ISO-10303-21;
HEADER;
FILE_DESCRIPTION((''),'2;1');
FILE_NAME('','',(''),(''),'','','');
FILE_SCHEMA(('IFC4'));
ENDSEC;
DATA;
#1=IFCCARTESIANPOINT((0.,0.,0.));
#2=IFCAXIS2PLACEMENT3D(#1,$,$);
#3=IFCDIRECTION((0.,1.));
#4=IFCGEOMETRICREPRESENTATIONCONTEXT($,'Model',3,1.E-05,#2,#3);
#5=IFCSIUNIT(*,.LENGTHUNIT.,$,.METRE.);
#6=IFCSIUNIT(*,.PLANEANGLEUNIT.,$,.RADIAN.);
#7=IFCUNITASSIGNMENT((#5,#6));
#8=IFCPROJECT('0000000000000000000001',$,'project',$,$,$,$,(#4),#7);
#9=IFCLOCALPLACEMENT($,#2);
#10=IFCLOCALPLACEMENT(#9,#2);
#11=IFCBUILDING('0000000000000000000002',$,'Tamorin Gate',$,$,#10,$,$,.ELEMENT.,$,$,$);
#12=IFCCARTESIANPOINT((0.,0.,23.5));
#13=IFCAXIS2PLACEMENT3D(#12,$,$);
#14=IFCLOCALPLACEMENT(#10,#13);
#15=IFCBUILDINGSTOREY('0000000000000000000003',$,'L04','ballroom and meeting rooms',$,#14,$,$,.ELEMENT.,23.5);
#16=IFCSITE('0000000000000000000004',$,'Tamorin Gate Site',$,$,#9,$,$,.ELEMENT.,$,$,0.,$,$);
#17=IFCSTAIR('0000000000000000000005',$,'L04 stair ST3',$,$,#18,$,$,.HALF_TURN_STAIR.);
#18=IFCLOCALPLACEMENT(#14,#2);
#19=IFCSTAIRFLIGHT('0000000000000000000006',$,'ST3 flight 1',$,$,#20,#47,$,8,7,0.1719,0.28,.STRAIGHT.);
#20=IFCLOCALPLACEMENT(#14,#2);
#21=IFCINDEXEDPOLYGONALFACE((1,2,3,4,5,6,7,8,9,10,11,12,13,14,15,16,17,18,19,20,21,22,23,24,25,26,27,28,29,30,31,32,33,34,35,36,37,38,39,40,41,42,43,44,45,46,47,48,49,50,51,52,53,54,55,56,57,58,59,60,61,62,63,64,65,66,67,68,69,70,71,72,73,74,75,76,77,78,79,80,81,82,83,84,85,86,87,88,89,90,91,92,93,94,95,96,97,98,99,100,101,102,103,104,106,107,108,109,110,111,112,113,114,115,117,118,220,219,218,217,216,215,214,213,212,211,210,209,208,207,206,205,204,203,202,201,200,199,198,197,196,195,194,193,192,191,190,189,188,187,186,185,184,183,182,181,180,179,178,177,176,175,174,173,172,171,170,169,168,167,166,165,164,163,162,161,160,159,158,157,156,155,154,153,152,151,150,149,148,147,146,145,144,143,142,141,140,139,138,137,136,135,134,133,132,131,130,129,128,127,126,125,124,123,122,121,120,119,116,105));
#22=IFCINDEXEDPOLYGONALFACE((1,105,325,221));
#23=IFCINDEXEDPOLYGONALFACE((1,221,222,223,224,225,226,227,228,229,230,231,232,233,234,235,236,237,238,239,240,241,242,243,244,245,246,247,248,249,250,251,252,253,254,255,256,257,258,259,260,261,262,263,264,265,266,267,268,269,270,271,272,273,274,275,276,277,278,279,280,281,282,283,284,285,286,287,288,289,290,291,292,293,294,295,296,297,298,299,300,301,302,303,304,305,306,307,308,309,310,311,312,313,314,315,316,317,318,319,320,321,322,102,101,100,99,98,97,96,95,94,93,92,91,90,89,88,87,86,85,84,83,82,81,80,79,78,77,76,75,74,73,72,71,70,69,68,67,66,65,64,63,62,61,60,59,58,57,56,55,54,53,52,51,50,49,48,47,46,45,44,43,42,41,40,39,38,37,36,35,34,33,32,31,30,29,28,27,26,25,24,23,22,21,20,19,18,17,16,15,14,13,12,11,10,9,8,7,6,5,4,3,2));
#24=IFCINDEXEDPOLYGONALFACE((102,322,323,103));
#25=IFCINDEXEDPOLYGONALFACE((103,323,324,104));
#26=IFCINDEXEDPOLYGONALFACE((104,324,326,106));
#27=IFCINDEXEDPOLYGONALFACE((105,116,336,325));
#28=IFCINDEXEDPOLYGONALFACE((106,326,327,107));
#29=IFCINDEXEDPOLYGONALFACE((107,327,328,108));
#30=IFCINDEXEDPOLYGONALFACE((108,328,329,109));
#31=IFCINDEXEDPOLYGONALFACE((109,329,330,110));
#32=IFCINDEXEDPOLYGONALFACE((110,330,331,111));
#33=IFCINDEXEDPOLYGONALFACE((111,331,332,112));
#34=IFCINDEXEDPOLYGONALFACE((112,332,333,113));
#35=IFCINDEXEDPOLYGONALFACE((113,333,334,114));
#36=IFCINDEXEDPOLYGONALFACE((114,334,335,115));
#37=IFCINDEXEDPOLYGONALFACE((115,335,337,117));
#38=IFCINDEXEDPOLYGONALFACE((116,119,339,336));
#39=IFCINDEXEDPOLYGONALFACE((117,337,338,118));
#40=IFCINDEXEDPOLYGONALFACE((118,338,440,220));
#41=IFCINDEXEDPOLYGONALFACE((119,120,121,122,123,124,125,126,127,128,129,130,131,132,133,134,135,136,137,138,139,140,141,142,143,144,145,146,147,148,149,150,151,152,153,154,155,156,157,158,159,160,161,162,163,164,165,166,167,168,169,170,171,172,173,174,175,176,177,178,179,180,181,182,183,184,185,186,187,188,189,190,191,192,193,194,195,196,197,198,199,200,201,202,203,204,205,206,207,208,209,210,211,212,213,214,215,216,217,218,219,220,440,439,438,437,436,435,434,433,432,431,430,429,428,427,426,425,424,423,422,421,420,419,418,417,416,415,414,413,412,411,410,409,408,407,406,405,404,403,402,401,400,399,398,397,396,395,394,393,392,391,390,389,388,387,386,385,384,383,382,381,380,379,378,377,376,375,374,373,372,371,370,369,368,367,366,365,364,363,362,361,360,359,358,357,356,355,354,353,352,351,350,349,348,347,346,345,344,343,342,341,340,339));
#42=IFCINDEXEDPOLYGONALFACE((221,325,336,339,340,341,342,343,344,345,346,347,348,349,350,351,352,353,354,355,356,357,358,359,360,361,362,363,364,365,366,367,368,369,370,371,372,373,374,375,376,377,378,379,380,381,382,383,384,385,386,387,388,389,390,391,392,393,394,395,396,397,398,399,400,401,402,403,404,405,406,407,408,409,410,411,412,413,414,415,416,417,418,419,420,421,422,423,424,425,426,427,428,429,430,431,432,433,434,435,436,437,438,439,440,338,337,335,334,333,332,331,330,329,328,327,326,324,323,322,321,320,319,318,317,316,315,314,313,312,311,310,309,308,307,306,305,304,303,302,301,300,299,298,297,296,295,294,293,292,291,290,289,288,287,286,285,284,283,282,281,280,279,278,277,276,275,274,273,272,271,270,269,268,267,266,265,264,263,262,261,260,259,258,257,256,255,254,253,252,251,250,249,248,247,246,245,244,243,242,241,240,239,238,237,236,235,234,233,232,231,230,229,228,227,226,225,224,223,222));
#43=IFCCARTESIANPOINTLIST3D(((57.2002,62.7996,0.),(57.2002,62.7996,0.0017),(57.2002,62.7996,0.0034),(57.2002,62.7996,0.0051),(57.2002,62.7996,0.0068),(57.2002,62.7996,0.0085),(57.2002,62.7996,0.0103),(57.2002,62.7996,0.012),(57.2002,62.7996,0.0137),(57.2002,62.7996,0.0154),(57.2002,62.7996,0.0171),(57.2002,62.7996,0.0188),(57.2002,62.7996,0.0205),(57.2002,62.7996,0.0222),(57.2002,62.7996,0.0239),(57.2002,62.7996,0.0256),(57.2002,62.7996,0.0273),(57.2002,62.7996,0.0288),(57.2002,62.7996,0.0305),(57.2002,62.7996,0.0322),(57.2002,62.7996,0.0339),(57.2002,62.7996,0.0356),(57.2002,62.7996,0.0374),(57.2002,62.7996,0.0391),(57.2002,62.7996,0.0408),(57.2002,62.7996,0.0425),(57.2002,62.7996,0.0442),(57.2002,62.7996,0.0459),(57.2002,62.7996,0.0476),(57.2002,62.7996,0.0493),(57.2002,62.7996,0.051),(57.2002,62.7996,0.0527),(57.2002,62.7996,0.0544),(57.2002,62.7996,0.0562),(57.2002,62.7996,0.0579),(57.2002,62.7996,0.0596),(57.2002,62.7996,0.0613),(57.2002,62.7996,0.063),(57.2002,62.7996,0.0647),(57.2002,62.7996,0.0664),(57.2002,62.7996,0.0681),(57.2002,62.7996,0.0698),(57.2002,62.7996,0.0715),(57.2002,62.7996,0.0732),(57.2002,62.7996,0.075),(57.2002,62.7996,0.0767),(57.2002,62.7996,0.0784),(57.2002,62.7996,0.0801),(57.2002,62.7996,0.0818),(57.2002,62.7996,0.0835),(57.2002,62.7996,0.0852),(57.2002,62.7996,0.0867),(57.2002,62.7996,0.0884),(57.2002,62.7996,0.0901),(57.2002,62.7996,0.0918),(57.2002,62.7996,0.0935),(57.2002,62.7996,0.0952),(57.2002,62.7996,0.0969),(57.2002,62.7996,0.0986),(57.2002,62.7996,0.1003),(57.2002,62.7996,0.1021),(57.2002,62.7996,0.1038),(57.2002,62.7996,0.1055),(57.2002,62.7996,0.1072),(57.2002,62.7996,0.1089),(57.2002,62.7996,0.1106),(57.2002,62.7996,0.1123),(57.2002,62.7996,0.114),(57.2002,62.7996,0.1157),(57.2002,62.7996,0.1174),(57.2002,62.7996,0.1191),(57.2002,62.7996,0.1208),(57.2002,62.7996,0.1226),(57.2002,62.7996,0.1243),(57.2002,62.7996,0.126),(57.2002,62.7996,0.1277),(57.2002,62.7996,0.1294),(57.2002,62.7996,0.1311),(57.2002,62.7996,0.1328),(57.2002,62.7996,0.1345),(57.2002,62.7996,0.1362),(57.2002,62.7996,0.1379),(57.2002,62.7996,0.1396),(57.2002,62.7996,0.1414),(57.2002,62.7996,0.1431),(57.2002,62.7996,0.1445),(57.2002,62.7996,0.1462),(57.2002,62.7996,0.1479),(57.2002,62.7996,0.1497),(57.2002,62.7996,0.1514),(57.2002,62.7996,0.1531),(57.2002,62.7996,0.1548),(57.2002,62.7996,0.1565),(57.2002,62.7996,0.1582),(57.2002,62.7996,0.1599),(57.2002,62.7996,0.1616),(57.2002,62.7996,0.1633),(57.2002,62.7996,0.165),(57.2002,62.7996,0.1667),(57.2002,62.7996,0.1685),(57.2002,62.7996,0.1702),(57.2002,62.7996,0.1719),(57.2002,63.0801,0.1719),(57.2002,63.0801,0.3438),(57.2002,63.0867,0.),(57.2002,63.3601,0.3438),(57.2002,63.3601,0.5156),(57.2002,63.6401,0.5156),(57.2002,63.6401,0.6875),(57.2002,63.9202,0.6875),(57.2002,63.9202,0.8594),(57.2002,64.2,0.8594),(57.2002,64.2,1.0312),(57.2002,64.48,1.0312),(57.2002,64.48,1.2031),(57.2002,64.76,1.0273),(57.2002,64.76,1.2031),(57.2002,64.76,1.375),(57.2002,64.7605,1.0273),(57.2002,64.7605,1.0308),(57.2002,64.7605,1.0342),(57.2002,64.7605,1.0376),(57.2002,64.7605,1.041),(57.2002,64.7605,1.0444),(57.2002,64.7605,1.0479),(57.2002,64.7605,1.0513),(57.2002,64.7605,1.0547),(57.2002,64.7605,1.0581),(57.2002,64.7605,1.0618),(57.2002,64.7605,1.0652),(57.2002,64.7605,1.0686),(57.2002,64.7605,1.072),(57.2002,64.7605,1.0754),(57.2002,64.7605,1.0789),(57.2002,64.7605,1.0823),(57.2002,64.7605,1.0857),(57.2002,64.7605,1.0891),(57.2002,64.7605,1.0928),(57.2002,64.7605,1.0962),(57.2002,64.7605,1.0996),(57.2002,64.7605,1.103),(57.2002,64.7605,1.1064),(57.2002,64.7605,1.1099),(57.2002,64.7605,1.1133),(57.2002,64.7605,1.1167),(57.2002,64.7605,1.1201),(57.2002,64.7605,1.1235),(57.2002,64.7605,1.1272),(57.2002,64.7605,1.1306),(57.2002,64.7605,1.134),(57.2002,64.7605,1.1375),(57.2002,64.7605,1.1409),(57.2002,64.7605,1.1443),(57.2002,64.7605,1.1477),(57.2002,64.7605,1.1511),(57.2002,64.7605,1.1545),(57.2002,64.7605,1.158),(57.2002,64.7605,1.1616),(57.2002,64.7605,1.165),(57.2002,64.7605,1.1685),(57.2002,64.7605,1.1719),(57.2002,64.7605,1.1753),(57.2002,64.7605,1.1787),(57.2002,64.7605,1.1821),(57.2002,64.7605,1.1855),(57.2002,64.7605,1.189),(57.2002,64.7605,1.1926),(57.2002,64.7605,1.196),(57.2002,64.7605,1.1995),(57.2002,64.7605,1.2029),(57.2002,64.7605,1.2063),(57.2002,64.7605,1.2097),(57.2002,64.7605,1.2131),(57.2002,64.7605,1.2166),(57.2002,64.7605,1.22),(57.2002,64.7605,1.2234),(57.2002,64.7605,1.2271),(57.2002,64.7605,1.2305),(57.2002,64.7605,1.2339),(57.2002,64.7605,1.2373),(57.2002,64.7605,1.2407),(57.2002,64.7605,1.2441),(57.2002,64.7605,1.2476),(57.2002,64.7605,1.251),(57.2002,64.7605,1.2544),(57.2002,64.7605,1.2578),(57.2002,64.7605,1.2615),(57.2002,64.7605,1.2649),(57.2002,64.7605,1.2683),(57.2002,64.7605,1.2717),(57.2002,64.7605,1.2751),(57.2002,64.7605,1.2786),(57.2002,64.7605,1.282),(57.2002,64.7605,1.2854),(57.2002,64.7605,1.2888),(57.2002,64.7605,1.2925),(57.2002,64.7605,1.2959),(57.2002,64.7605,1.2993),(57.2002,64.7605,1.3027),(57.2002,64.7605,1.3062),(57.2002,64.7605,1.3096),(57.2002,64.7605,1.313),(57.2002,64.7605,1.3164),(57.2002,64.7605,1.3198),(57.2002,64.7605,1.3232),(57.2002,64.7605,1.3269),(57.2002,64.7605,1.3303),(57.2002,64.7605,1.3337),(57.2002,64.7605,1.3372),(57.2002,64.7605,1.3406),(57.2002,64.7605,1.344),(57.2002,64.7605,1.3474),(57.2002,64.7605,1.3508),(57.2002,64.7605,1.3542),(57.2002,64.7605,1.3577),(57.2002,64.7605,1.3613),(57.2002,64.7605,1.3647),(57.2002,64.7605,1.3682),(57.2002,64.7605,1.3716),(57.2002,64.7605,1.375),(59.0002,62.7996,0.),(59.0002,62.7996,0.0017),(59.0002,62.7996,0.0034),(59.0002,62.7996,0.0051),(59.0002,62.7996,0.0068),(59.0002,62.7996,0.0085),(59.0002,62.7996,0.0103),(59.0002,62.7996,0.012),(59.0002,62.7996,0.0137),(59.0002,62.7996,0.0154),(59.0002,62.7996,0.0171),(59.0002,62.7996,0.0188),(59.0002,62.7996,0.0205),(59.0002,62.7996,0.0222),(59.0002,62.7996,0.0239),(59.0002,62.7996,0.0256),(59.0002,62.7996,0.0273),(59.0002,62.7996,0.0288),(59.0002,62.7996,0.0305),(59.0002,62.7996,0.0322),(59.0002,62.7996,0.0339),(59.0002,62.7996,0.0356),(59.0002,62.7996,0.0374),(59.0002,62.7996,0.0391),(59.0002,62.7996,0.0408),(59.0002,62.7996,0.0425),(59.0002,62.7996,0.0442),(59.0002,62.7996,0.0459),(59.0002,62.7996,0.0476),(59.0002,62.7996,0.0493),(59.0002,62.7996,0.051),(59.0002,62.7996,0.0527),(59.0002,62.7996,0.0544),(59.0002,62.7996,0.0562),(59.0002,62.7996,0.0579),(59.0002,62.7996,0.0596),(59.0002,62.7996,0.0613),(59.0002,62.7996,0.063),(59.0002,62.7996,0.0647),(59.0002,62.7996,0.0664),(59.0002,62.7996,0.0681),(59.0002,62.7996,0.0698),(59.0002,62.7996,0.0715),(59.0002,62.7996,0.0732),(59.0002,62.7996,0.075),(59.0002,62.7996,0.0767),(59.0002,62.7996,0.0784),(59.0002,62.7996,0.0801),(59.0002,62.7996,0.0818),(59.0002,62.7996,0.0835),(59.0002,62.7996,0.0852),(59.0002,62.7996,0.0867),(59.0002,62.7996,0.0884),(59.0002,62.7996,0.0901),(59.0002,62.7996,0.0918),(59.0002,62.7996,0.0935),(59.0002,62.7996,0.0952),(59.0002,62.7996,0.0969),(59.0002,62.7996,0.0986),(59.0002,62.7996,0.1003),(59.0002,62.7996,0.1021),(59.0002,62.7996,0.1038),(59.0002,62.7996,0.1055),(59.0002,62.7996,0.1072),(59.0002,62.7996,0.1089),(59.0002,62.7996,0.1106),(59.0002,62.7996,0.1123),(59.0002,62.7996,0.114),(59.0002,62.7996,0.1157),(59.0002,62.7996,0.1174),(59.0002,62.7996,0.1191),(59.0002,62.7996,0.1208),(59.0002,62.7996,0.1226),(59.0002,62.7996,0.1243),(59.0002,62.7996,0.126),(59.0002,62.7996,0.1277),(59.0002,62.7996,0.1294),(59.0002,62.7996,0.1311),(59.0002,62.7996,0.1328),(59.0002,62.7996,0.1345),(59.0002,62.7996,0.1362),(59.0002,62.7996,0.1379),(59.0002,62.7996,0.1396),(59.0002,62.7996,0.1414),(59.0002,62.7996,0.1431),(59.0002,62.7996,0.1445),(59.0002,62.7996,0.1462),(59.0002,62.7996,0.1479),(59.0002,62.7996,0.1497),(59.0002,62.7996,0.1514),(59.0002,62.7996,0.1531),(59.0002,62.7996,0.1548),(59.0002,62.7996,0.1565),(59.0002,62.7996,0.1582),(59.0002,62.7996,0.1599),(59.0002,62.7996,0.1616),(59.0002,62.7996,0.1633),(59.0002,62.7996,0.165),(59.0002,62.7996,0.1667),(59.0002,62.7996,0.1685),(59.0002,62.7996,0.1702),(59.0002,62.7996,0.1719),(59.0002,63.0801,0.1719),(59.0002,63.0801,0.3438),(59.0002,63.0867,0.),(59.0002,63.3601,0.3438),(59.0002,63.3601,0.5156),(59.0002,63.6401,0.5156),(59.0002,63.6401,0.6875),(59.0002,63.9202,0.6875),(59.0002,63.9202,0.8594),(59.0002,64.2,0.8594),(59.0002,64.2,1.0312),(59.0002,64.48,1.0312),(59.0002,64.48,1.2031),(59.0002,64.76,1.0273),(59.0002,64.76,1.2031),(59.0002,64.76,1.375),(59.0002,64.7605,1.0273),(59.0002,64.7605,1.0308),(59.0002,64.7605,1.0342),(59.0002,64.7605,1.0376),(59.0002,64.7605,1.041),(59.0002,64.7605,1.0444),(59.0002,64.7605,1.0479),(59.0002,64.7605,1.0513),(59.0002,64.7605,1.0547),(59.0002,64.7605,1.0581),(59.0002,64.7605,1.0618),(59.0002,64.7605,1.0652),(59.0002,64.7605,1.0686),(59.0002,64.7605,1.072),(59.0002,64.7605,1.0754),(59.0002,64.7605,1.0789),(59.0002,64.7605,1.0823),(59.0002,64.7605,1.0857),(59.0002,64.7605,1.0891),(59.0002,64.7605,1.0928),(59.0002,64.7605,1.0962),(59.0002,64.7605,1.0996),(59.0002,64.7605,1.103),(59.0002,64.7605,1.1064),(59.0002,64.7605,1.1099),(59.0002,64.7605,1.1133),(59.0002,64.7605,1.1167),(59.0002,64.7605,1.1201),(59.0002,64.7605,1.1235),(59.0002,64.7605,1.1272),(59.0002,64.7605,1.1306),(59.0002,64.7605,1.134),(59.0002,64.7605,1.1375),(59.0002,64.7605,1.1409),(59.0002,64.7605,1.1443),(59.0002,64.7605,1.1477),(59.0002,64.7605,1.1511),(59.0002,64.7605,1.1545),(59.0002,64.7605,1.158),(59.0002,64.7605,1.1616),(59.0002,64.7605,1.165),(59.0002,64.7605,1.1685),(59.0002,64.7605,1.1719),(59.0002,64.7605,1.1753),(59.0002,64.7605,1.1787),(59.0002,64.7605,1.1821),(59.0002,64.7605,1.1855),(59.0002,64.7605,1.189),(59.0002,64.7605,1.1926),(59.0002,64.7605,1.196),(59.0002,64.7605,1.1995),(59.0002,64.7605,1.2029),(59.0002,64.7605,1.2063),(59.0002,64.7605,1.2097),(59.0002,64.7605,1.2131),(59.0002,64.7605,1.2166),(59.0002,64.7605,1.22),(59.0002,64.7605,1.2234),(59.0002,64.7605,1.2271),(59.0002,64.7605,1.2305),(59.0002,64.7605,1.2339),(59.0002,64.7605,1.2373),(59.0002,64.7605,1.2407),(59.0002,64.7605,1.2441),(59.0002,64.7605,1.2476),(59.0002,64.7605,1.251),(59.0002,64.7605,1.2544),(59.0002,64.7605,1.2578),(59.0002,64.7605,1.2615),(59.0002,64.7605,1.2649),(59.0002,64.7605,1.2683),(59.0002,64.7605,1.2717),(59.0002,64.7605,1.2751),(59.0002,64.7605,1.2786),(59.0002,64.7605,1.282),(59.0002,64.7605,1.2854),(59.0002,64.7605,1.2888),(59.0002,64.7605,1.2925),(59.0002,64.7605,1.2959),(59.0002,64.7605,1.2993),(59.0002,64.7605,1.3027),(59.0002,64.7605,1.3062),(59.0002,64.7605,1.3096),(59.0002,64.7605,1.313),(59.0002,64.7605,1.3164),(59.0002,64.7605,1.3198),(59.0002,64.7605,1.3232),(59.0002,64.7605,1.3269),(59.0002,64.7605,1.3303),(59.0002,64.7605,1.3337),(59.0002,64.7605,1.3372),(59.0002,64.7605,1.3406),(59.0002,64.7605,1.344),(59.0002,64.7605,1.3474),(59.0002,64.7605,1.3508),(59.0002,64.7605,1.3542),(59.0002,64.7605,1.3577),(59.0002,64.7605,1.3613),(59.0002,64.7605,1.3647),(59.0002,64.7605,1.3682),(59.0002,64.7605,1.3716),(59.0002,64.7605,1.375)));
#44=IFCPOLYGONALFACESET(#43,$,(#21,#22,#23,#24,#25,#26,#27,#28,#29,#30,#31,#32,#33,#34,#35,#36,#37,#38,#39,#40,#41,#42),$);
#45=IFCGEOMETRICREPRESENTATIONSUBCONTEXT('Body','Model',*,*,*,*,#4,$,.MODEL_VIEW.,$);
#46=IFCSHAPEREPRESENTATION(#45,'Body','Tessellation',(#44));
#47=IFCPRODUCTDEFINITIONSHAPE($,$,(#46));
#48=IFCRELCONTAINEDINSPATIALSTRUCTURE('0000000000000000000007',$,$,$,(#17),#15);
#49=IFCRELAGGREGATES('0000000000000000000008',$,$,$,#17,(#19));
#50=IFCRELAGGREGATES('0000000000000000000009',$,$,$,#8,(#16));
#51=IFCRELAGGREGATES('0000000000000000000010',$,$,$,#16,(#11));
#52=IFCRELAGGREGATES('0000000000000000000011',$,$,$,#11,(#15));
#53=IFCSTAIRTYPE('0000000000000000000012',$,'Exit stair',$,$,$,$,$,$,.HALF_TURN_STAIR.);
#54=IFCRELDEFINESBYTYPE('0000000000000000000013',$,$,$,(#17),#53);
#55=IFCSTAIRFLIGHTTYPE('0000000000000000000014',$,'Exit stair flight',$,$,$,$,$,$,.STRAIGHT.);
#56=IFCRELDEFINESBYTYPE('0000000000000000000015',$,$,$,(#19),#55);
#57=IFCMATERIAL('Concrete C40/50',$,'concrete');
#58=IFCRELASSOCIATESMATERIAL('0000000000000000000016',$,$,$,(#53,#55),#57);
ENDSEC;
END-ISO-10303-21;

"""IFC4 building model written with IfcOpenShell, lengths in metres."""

from ifc_helpers import new_model, si_unit, direction, frame, origin, place, context, subcontext, project, spatial, polyline, outline, extrude, material, type_object, element, aggregate, save


model = new_model("IFC4")

# Units and contexts
model_context = context("Model", 3, precision=1e-05, world=origin(), true_north=direction((0.0, 1.0)))
body_context = subcontext(model_context, "Body", "Model", "MODEL_VIEW")
ifc_project = project(units=[si_unit("LENGTHUNIT", "METRE"), si_unit("PLANEANGLEUNIT", "RADIAN")], contexts=[model_context])

# Site, building, storey
site_placement = place(None, origin())
site = spatial("IfcSite", under=ifc_project, at=site_placement, Name="Tamorin Gate Site", CompositionType="ELEMENT", RefElevation=0.0)
building_placement = place(site_placement, origin())
building = spatial("IfcBuilding", under=site, at=building_placement, Name="Tamorin Gate", CompositionType="ELEMENT")
storey_placement = place(building_placement, frame((0.0, 0.0, 23.5)))
storey = spatial("IfcBuildingStorey", under=building, at=storey_placement, Name="L04", Description="ballroom and meeting rooms", CompositionType="ELEMENT", Elevation=23.5)

# Shared definitions
ifc_material_1 = material(Name="Concrete C40/50", Category="concrete")

# Stair, stair flight
stair_type = type_object("IfcStairType", Name="Exit stair", PredefinedType="HALF_TURN_STAIR", material=ifc_material_1)
stair_placement = place(storey_placement, origin())
stair = element("IfcStair", 1, at=stair_placement, inside=storey, type_object=stair_type, Name="L04 stair ST3", PredefinedType="HALF_TURN_STAIR")
stair_flight_type = type_object("IfcStairFlightType", Name="Exit stair flight", PredefinedType="STRAIGHT", material=ifc_material_1)
stair_flight_1_placement = place(storey_placement, frame((58.1001, 62.8, 0.0), z_axis=(0.0, 0.0, 1.0), x_axis=(0.0, 1.0, 0.0)))
stair_flight_1 = element("IfcStairFlight", 2, at=stair_flight_1_placement, type_object=stair_flight_type, Name="ST3 flight 1", NumberOfRisers=8, NumberOfTreads=7, PredefinedType="STRAIGHT", RiserHeight=0.1719, TreadLength=0.28, context=body_context, shape_type="SweptSolid", body=[
    extrude(outline(polyline([(-0.0005, 0.0), (-0.0005, 0.0017), (-0.0005, 0.0034), (-0.0005, 0.0051), (-0.0005, 0.0068), (-0.0005, 0.0085), (-0.0005, 0.0103), (-0.0005, 0.012), (-0.0005, 0.0137), (-0.0005, 0.0154), (-0.0005, 0.0171), (-0.0005, 0.0188), (-0.0005, 0.0205), (-0.0005, 0.0222), (-0.0005, 0.0239), (-0.0005, 0.0256), (-0.0005, 0.0273), (-0.0005, 0.0288), (-0.0005, 0.0305), (-0.0005, 0.0322), (-0.0005, 0.0339), (-0.0005, 0.0356), (-0.0005, 0.0374), (-0.0005, 0.0391), (-0.0005, 0.0408), (-0.0005, 0.0425), (-0.0005, 0.0442), (-0.0005, 0.0459), (-0.0005, 0.0476), (-0.0005, 0.0493), (-0.0005, 0.051), (-0.0005, 0.0527), (-0.0005, 0.0544), (-0.0005, 0.0562), (-0.0005, 0.0579), (-0.0005, 0.0596), (-0.0005, 0.0613), (-0.0005, 0.063), (-0.0005, 0.0647), (-0.0005, 0.0664), (-0.0005, 0.0681), (-0.0005, 0.0698), (-0.0005, 0.0715), (-0.0005, 0.0732), (-0.0005, 0.075), (-0.0005, 0.0767), (-0.0005, 0.0784), (-0.0005, 0.0801), (-0.0005, 0.0818), (-0.0005, 0.0835), (-0.0005, 0.0852), (-0.0005, 0.0867), (-0.0005, 0.0884), (-0.0005, 0.0901), (-0.0005, 0.0918), (-0.0005, 0.0935), (-0.0005, 0.0952), (-0.0005, 0.0969), (-0.0005, 0.0986), (-0.0005, 0.1003), (-0.0005, 0.1021), (-0.0005, 0.1038), (-0.0005, 0.1055), (-0.0005, 0.1072), (-0.0005, 0.1089), (-0.0005, 0.1106), (-0.0005, 0.1123), (-0.0005, 0.114), (-0.0005, 0.1157), (-0.0005, 0.1174), (-0.0005, 0.1191), (-0.0005, 0.1208), (-0.0005, 0.1226), (-0.0005, 0.1243), (-0.0005, 0.126), (-0.0005, 0.1277), (-0.0005, 0.1294), (-0.0005, 0.1311), (-0.0005, 0.1328), (-0.0005, 0.1345), (-0.0005, 0.1362), (-0.0005, 0.1379), (-0.0005, 0.1396), (-0.0005, 0.1414), (-0.0005, 0.1431), (-0.0005, 0.1445), (-0.0005, 0.1462), (-0.0005, 0.1479), (-0.0005, 0.1497), (-0.0005, 0.1514), (-0.0005, 0.1531), (-0.0005, 0.1548), (-0.0005, 0.1565), (-0.0005, 0.1582), (-0.0005, 0.1599), (-0.0005, 0.1616), (-0.0005, 0.1633), (-0.0005, 0.165), (-0.0005, 0.1667), (-0.0005, 0.1685), (-0.0005, 0.1702), (-0.0005, 0.1719), (0.28, 0.1719), (0.28, 0.3438), (0.5601, 0.3438), (0.5601, 0.5156), (0.8401, 0.5156), (0.8401, 0.6875), (1.1201, 0.6875), (1.1201, 0.8594), (1.3999, 0.8594), (1.3999, 1.0312), (1.6799, 1.0312), (1.6799, 1.2031), (1.96, 1.2031), (1.96, 1.375), (1.9604, 1.375), (1.9604, 1.3716), (1.9604, 1.3682), (1.9604, 1.3647), (1.9604, 1.3613), (1.9604, 1.3577), (1.9604, 1.3542), (1.9604, 1.3508), (1.9604, 1.3474), (1.9604, 1.344), (1.9604, 1.3406), (1.9604, 1.3372), (1.9604, 1.3337), (1.9604, 1.3303), (1.9604, 1.3269), (1.9604, 1.3232), (1.9604, 1.3198), (1.9604, 1.3164), (1.9604, 1.313), (1.9604, 1.3096), (1.9604, 1.3062), (1.9604, 1.3027), (1.9604, 1.2993), (1.9604, 1.2959), (1.9604, 1.2925), (1.9604, 1.2888), (1.9604, 1.2854), (1.9604, 1.282), (1.9604, 1.2786), (1.9604, 1.2751), (1.9604, 1.2717), (1.9604, 1.2683), (1.9604, 1.2649), (1.9604, 1.2615), (1.9604, 1.2578), (1.9604, 1.2544), (1.9604, 1.251), (1.9604, 1.2476), (1.9604, 1.2441), (1.9604, 1.2407), (1.9604, 1.2373), (1.9604, 1.2339), (1.9604, 1.2305), (1.9604, 1.2271), (1.9604, 1.2234), (1.9604, 1.22), (1.9604, 1.2166), (1.9604, 1.2131), (1.9604, 1.2097), (1.9604, 1.2063), (1.9604, 1.2029), (1.9604, 1.1995), (1.9604, 1.196), (1.9604, 1.1926), (1.9604, 1.189), (1.9604, 1.1855), (1.9604, 1.1821), (1.9604, 1.1787), (1.9604, 1.1753), (1.9604, 1.1719), (1.9604, 1.1685), (1.9604, 1.165), (1.9604, 1.1616), (1.9604, 1.158), (1.9604, 1.1545), (1.9604, 1.1511), (1.9604, 1.1477), (1.9604, 1.1443), (1.9604, 1.1409), (1.9604, 1.1375), (1.9604, 1.134), (1.9604, 1.1306), (1.9604, 1.1272), (1.9604, 1.1235), (1.9604, 1.1201), (1.9604, 1.1167), (1.9604, 1.1133), (1.9604, 1.1099), (1.9604, 1.1064), (1.9604, 1.103), (1.9604, 1.0996), (1.9604, 1.0962), (1.9604, 1.0928), (1.9604, 1.0891), (1.9604, 1.0857), (1.9604, 1.0823), (1.9604, 1.0789), (1.9604, 1.0754), (1.9604, 1.072), (1.9604, 1.0686), (1.9604, 1.0652), (1.9604, 1.0618), (1.9604, 1.0581), (1.9604, 1.0547), (1.9604, 1.0513), (1.9604, 1.0479), (1.9604, 1.0444), (1.9604, 1.041), (1.9604, 1.0376), (1.9604, 1.0342), (1.9604, 1.0308), (1.9604, 1.0273), (1.96, 1.0273), (0.2866, 0.0), (-0.0005, 0.0)])), frame((0.0, 0.8999, 0.0), z_axis=(0.0, -1.0, 0.0), x_axis=(1.0, 0.0, 0.0)), (0.0, 0.0, 1.0), 1.8),
])
aggregate(stair, [stair_flight_1])

save(model, "model.ifc")
